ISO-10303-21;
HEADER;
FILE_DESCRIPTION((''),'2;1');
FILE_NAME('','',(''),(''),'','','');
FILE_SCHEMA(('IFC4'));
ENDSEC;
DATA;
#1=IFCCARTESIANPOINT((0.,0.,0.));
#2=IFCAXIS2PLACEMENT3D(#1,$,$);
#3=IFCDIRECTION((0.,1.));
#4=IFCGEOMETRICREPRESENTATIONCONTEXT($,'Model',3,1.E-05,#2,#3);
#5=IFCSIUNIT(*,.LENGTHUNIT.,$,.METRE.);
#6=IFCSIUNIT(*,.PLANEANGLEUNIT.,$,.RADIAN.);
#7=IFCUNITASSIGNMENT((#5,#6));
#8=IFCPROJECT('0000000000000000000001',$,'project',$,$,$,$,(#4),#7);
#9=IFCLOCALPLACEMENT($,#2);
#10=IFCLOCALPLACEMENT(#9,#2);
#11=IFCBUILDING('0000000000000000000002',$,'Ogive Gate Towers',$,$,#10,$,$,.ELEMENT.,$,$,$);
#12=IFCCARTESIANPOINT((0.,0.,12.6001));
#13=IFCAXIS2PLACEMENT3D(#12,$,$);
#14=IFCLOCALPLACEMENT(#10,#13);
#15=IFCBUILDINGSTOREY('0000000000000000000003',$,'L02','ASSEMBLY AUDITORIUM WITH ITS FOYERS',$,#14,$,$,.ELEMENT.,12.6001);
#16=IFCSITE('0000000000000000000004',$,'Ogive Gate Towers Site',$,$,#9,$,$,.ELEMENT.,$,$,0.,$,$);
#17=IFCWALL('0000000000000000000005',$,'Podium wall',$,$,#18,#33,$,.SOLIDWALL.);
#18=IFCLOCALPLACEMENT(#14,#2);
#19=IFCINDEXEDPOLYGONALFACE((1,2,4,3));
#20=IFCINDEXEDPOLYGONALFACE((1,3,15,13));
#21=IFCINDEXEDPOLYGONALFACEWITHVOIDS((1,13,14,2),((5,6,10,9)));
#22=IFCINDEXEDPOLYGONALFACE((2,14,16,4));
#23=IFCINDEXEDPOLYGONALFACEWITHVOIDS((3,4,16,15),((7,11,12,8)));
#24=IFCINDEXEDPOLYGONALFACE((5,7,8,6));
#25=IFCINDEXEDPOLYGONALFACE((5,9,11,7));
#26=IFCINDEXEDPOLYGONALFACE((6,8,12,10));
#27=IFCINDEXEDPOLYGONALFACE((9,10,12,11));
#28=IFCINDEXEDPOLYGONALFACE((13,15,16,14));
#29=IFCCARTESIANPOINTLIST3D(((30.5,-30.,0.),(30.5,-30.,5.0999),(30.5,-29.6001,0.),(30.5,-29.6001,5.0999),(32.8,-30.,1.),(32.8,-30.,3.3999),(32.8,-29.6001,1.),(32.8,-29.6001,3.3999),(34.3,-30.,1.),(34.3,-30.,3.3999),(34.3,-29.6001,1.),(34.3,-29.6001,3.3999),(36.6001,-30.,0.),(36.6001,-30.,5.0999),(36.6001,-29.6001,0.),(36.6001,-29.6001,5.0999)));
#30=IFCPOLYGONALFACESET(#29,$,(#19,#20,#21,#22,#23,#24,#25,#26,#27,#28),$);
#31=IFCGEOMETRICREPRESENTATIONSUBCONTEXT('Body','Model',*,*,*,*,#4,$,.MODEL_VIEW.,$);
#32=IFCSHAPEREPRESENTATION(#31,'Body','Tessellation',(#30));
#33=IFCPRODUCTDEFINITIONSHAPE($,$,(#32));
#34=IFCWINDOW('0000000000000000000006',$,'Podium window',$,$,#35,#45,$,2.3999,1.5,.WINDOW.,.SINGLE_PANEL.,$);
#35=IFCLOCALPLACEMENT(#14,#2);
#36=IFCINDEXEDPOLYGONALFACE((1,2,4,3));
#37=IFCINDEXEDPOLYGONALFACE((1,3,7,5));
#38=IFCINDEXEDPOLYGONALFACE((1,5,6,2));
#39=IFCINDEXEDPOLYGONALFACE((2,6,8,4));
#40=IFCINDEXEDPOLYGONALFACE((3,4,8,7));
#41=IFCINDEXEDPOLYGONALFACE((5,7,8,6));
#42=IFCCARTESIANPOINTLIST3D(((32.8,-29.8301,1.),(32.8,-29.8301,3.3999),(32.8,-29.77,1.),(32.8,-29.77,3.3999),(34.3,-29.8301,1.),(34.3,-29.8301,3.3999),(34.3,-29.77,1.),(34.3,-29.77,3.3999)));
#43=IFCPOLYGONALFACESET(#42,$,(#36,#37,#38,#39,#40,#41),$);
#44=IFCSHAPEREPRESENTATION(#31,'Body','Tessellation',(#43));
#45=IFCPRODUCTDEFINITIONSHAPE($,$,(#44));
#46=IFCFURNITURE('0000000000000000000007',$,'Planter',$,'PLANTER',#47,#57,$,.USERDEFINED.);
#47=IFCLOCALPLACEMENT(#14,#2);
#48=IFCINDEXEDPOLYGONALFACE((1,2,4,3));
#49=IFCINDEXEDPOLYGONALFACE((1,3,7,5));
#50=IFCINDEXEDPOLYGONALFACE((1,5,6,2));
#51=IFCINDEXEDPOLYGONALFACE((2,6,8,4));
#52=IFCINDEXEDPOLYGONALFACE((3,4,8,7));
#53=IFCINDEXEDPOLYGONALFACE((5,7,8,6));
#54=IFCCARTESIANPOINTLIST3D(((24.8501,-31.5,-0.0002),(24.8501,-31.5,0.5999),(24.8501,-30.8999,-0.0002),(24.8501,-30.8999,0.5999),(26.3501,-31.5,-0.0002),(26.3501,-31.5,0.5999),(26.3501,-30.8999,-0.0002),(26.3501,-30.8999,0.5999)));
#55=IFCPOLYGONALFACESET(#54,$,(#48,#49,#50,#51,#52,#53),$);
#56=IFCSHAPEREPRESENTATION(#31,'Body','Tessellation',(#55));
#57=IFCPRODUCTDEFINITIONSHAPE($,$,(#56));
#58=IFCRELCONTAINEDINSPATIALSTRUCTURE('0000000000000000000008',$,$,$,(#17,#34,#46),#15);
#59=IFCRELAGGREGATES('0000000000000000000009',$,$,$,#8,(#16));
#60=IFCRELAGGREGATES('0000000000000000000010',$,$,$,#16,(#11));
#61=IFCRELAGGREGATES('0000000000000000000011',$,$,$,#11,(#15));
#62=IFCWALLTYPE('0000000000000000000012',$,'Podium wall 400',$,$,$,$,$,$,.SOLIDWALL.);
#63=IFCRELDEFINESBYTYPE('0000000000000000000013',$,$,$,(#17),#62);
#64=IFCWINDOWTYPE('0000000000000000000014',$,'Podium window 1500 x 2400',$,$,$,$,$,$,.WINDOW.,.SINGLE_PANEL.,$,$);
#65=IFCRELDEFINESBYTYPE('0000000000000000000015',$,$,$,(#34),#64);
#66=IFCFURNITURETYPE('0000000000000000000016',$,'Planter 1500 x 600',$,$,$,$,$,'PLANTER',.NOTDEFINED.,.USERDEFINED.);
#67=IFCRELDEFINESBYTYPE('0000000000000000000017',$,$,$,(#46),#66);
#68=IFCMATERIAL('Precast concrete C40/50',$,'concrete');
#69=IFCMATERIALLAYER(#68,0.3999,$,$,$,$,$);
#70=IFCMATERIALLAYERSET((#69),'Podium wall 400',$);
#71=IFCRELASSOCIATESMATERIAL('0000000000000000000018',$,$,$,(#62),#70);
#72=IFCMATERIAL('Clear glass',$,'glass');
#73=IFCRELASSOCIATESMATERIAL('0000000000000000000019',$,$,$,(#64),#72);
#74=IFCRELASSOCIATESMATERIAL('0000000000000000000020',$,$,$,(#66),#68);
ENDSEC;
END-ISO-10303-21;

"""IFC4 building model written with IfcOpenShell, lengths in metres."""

from ifc_helpers import new_model, si_unit, direction, frame, frame_2d, origin, origin_2d, place, context, subcontext, project, spatial, rectangle, extrude, material, layer, layer_set, type_object, element, fill, save


model = new_model("IFC4")

# Units and contexts
model_context = context("Model", 3, precision=1e-05, world=origin(), true_north=direction((0.0, 1.0)))
body_context = subcontext(model_context, "Body", "Model", "MODEL_VIEW")
ifc_project = project(units=[si_unit("LENGTHUNIT", "METRE"), si_unit("PLANEANGLEUNIT", "RADIAN")], contexts=[model_context])

# Site, building, storey
site_placement = place(None, origin())
site = spatial("IfcSite", under=ifc_project, at=site_placement, Name="Ogive Gate Towers Site", CompositionType="ELEMENT", RefElevation=0.0)
building_placement = place(site_placement, origin())
building = spatial("IfcBuilding", under=site, at=building_placement, Name="Ogive Gate Towers", CompositionType="ELEMENT")
storey_placement = place(building_placement, frame((0.0, 0.0, 12.6001)))
storey = spatial("IfcBuildingStorey", under=building, at=storey_placement, Name="L02", Description="ASSEMBLY AUDITORIUM WITH ITS FOYERS", CompositionType="ELEMENT", Elevation=12.6001)

# Wall, opening, window
ifc_material_1 = material(Name="Precast concrete C40/50", Category="concrete")
ifc_layer = layer(ifc_material_1, 0.3999)
ifc_layer_set = layer_set([ifc_layer], Name="Podium wall 400")
wall_type = type_object("IfcWallType", Name="Podium wall 400", PredefinedType="SOLIDWALL", material=ifc_layer_set)
ifc_material_2 = material(Name="Clear glass", Category="glass")
window_type = type_object("IfcWindowType", Name="Podium window 1500 x 2400", PartitioningType="SINGLE_PANEL", PredefinedType="WINDOW", material=ifc_material_2)
wall_1_placement = place(storey_placement, frame((30.5, -29.8, 0.0), z_axis=(0.0, 0.0, 1.0), x_axis=(1.0, 0.0, 0.0)))
wall_1 = element("IfcWall", 1, at=wall_1_placement, inside=storey, type_object=wall_type, Name="Podium wall", PredefinedType="SOLIDWALL", context=body_context, shape_type="SweptSolid", body=[
    extrude(rectangle(XDim=6.1001, YDim=0.3999, at=frame_2d((3.05, 0.0))), origin(), (0.0, 0.0, 1.0), 5.0999),
])
opening_1_placement = place(wall_1_placement, frame((2.3, 0.0, 1.0)))
opening_1 = element("IfcOpeningElement", 2, at=opening_1_placement, cuts=wall_1, PredefinedType="OPENING", context=body_context, shape_type="SweptSolid", body=[
    extrude(rectangle(XDim=1.5, YDim=2.3999, at=frame_2d((0.75, 1.2))), frame((0.0, 0.21, 0.0), z_axis=(0.0, -1.0, 0.0), x_axis=(1.0, 0.0, 0.0)), (0.0, 0.0, 1.0), 0.4199),
])
window_1_placement = place(opening_1_placement, origin())
window_1 = element("IfcWindow", 3, at=window_1_placement, inside=storey, type_object=window_type, Name="Podium window", OverallHeight=2.3999, OverallWidth=1.5, PartitioningType="SINGLE_PANEL", PredefinedType="WINDOW", context=body_context, shape_type="SweptSolid", body=[
    extrude(rectangle(XDim=1.5, YDim=2.3999, at=frame_2d((0.75, 1.2))), frame((0.0, 0.03, 0.0), z_axis=(0.0, -1.0, 0.0), x_axis=(1.0, 0.0, 0.0)), (0.0, 0.0, 1.0), 0.0601),
])
fill(opening_1, window_1)

# Furniture
furniture_type = type_object("IfcFurnitureType", Name="Planter 1500 x 600", ElementType="PLANTER", AssemblyPlace="NOTDEFINED", PredefinedType="USERDEFINED", material=ifc_material_1)
furniture_placement = place(storey_placement, frame((25.6001, -31.2, -0.0002), z_axis=(0.0, 0.0, 1.0), x_axis=(1.0, 0.0, 0.0)))
element("IfcFurniture", 4, at=furniture_placement, inside=storey, type_object=furniture_type, Name="Planter", ObjectType="PLANTER", PredefinedType="USERDEFINED", context=body_context, shape_type="SweptSolid", body=[
    extrude(rectangle(XDim=1.5, YDim=0.6001, at=origin_2d()), origin(), (0.0, 0.0, 1.0), 0.6001),
])

save(model, "model.ifc")
